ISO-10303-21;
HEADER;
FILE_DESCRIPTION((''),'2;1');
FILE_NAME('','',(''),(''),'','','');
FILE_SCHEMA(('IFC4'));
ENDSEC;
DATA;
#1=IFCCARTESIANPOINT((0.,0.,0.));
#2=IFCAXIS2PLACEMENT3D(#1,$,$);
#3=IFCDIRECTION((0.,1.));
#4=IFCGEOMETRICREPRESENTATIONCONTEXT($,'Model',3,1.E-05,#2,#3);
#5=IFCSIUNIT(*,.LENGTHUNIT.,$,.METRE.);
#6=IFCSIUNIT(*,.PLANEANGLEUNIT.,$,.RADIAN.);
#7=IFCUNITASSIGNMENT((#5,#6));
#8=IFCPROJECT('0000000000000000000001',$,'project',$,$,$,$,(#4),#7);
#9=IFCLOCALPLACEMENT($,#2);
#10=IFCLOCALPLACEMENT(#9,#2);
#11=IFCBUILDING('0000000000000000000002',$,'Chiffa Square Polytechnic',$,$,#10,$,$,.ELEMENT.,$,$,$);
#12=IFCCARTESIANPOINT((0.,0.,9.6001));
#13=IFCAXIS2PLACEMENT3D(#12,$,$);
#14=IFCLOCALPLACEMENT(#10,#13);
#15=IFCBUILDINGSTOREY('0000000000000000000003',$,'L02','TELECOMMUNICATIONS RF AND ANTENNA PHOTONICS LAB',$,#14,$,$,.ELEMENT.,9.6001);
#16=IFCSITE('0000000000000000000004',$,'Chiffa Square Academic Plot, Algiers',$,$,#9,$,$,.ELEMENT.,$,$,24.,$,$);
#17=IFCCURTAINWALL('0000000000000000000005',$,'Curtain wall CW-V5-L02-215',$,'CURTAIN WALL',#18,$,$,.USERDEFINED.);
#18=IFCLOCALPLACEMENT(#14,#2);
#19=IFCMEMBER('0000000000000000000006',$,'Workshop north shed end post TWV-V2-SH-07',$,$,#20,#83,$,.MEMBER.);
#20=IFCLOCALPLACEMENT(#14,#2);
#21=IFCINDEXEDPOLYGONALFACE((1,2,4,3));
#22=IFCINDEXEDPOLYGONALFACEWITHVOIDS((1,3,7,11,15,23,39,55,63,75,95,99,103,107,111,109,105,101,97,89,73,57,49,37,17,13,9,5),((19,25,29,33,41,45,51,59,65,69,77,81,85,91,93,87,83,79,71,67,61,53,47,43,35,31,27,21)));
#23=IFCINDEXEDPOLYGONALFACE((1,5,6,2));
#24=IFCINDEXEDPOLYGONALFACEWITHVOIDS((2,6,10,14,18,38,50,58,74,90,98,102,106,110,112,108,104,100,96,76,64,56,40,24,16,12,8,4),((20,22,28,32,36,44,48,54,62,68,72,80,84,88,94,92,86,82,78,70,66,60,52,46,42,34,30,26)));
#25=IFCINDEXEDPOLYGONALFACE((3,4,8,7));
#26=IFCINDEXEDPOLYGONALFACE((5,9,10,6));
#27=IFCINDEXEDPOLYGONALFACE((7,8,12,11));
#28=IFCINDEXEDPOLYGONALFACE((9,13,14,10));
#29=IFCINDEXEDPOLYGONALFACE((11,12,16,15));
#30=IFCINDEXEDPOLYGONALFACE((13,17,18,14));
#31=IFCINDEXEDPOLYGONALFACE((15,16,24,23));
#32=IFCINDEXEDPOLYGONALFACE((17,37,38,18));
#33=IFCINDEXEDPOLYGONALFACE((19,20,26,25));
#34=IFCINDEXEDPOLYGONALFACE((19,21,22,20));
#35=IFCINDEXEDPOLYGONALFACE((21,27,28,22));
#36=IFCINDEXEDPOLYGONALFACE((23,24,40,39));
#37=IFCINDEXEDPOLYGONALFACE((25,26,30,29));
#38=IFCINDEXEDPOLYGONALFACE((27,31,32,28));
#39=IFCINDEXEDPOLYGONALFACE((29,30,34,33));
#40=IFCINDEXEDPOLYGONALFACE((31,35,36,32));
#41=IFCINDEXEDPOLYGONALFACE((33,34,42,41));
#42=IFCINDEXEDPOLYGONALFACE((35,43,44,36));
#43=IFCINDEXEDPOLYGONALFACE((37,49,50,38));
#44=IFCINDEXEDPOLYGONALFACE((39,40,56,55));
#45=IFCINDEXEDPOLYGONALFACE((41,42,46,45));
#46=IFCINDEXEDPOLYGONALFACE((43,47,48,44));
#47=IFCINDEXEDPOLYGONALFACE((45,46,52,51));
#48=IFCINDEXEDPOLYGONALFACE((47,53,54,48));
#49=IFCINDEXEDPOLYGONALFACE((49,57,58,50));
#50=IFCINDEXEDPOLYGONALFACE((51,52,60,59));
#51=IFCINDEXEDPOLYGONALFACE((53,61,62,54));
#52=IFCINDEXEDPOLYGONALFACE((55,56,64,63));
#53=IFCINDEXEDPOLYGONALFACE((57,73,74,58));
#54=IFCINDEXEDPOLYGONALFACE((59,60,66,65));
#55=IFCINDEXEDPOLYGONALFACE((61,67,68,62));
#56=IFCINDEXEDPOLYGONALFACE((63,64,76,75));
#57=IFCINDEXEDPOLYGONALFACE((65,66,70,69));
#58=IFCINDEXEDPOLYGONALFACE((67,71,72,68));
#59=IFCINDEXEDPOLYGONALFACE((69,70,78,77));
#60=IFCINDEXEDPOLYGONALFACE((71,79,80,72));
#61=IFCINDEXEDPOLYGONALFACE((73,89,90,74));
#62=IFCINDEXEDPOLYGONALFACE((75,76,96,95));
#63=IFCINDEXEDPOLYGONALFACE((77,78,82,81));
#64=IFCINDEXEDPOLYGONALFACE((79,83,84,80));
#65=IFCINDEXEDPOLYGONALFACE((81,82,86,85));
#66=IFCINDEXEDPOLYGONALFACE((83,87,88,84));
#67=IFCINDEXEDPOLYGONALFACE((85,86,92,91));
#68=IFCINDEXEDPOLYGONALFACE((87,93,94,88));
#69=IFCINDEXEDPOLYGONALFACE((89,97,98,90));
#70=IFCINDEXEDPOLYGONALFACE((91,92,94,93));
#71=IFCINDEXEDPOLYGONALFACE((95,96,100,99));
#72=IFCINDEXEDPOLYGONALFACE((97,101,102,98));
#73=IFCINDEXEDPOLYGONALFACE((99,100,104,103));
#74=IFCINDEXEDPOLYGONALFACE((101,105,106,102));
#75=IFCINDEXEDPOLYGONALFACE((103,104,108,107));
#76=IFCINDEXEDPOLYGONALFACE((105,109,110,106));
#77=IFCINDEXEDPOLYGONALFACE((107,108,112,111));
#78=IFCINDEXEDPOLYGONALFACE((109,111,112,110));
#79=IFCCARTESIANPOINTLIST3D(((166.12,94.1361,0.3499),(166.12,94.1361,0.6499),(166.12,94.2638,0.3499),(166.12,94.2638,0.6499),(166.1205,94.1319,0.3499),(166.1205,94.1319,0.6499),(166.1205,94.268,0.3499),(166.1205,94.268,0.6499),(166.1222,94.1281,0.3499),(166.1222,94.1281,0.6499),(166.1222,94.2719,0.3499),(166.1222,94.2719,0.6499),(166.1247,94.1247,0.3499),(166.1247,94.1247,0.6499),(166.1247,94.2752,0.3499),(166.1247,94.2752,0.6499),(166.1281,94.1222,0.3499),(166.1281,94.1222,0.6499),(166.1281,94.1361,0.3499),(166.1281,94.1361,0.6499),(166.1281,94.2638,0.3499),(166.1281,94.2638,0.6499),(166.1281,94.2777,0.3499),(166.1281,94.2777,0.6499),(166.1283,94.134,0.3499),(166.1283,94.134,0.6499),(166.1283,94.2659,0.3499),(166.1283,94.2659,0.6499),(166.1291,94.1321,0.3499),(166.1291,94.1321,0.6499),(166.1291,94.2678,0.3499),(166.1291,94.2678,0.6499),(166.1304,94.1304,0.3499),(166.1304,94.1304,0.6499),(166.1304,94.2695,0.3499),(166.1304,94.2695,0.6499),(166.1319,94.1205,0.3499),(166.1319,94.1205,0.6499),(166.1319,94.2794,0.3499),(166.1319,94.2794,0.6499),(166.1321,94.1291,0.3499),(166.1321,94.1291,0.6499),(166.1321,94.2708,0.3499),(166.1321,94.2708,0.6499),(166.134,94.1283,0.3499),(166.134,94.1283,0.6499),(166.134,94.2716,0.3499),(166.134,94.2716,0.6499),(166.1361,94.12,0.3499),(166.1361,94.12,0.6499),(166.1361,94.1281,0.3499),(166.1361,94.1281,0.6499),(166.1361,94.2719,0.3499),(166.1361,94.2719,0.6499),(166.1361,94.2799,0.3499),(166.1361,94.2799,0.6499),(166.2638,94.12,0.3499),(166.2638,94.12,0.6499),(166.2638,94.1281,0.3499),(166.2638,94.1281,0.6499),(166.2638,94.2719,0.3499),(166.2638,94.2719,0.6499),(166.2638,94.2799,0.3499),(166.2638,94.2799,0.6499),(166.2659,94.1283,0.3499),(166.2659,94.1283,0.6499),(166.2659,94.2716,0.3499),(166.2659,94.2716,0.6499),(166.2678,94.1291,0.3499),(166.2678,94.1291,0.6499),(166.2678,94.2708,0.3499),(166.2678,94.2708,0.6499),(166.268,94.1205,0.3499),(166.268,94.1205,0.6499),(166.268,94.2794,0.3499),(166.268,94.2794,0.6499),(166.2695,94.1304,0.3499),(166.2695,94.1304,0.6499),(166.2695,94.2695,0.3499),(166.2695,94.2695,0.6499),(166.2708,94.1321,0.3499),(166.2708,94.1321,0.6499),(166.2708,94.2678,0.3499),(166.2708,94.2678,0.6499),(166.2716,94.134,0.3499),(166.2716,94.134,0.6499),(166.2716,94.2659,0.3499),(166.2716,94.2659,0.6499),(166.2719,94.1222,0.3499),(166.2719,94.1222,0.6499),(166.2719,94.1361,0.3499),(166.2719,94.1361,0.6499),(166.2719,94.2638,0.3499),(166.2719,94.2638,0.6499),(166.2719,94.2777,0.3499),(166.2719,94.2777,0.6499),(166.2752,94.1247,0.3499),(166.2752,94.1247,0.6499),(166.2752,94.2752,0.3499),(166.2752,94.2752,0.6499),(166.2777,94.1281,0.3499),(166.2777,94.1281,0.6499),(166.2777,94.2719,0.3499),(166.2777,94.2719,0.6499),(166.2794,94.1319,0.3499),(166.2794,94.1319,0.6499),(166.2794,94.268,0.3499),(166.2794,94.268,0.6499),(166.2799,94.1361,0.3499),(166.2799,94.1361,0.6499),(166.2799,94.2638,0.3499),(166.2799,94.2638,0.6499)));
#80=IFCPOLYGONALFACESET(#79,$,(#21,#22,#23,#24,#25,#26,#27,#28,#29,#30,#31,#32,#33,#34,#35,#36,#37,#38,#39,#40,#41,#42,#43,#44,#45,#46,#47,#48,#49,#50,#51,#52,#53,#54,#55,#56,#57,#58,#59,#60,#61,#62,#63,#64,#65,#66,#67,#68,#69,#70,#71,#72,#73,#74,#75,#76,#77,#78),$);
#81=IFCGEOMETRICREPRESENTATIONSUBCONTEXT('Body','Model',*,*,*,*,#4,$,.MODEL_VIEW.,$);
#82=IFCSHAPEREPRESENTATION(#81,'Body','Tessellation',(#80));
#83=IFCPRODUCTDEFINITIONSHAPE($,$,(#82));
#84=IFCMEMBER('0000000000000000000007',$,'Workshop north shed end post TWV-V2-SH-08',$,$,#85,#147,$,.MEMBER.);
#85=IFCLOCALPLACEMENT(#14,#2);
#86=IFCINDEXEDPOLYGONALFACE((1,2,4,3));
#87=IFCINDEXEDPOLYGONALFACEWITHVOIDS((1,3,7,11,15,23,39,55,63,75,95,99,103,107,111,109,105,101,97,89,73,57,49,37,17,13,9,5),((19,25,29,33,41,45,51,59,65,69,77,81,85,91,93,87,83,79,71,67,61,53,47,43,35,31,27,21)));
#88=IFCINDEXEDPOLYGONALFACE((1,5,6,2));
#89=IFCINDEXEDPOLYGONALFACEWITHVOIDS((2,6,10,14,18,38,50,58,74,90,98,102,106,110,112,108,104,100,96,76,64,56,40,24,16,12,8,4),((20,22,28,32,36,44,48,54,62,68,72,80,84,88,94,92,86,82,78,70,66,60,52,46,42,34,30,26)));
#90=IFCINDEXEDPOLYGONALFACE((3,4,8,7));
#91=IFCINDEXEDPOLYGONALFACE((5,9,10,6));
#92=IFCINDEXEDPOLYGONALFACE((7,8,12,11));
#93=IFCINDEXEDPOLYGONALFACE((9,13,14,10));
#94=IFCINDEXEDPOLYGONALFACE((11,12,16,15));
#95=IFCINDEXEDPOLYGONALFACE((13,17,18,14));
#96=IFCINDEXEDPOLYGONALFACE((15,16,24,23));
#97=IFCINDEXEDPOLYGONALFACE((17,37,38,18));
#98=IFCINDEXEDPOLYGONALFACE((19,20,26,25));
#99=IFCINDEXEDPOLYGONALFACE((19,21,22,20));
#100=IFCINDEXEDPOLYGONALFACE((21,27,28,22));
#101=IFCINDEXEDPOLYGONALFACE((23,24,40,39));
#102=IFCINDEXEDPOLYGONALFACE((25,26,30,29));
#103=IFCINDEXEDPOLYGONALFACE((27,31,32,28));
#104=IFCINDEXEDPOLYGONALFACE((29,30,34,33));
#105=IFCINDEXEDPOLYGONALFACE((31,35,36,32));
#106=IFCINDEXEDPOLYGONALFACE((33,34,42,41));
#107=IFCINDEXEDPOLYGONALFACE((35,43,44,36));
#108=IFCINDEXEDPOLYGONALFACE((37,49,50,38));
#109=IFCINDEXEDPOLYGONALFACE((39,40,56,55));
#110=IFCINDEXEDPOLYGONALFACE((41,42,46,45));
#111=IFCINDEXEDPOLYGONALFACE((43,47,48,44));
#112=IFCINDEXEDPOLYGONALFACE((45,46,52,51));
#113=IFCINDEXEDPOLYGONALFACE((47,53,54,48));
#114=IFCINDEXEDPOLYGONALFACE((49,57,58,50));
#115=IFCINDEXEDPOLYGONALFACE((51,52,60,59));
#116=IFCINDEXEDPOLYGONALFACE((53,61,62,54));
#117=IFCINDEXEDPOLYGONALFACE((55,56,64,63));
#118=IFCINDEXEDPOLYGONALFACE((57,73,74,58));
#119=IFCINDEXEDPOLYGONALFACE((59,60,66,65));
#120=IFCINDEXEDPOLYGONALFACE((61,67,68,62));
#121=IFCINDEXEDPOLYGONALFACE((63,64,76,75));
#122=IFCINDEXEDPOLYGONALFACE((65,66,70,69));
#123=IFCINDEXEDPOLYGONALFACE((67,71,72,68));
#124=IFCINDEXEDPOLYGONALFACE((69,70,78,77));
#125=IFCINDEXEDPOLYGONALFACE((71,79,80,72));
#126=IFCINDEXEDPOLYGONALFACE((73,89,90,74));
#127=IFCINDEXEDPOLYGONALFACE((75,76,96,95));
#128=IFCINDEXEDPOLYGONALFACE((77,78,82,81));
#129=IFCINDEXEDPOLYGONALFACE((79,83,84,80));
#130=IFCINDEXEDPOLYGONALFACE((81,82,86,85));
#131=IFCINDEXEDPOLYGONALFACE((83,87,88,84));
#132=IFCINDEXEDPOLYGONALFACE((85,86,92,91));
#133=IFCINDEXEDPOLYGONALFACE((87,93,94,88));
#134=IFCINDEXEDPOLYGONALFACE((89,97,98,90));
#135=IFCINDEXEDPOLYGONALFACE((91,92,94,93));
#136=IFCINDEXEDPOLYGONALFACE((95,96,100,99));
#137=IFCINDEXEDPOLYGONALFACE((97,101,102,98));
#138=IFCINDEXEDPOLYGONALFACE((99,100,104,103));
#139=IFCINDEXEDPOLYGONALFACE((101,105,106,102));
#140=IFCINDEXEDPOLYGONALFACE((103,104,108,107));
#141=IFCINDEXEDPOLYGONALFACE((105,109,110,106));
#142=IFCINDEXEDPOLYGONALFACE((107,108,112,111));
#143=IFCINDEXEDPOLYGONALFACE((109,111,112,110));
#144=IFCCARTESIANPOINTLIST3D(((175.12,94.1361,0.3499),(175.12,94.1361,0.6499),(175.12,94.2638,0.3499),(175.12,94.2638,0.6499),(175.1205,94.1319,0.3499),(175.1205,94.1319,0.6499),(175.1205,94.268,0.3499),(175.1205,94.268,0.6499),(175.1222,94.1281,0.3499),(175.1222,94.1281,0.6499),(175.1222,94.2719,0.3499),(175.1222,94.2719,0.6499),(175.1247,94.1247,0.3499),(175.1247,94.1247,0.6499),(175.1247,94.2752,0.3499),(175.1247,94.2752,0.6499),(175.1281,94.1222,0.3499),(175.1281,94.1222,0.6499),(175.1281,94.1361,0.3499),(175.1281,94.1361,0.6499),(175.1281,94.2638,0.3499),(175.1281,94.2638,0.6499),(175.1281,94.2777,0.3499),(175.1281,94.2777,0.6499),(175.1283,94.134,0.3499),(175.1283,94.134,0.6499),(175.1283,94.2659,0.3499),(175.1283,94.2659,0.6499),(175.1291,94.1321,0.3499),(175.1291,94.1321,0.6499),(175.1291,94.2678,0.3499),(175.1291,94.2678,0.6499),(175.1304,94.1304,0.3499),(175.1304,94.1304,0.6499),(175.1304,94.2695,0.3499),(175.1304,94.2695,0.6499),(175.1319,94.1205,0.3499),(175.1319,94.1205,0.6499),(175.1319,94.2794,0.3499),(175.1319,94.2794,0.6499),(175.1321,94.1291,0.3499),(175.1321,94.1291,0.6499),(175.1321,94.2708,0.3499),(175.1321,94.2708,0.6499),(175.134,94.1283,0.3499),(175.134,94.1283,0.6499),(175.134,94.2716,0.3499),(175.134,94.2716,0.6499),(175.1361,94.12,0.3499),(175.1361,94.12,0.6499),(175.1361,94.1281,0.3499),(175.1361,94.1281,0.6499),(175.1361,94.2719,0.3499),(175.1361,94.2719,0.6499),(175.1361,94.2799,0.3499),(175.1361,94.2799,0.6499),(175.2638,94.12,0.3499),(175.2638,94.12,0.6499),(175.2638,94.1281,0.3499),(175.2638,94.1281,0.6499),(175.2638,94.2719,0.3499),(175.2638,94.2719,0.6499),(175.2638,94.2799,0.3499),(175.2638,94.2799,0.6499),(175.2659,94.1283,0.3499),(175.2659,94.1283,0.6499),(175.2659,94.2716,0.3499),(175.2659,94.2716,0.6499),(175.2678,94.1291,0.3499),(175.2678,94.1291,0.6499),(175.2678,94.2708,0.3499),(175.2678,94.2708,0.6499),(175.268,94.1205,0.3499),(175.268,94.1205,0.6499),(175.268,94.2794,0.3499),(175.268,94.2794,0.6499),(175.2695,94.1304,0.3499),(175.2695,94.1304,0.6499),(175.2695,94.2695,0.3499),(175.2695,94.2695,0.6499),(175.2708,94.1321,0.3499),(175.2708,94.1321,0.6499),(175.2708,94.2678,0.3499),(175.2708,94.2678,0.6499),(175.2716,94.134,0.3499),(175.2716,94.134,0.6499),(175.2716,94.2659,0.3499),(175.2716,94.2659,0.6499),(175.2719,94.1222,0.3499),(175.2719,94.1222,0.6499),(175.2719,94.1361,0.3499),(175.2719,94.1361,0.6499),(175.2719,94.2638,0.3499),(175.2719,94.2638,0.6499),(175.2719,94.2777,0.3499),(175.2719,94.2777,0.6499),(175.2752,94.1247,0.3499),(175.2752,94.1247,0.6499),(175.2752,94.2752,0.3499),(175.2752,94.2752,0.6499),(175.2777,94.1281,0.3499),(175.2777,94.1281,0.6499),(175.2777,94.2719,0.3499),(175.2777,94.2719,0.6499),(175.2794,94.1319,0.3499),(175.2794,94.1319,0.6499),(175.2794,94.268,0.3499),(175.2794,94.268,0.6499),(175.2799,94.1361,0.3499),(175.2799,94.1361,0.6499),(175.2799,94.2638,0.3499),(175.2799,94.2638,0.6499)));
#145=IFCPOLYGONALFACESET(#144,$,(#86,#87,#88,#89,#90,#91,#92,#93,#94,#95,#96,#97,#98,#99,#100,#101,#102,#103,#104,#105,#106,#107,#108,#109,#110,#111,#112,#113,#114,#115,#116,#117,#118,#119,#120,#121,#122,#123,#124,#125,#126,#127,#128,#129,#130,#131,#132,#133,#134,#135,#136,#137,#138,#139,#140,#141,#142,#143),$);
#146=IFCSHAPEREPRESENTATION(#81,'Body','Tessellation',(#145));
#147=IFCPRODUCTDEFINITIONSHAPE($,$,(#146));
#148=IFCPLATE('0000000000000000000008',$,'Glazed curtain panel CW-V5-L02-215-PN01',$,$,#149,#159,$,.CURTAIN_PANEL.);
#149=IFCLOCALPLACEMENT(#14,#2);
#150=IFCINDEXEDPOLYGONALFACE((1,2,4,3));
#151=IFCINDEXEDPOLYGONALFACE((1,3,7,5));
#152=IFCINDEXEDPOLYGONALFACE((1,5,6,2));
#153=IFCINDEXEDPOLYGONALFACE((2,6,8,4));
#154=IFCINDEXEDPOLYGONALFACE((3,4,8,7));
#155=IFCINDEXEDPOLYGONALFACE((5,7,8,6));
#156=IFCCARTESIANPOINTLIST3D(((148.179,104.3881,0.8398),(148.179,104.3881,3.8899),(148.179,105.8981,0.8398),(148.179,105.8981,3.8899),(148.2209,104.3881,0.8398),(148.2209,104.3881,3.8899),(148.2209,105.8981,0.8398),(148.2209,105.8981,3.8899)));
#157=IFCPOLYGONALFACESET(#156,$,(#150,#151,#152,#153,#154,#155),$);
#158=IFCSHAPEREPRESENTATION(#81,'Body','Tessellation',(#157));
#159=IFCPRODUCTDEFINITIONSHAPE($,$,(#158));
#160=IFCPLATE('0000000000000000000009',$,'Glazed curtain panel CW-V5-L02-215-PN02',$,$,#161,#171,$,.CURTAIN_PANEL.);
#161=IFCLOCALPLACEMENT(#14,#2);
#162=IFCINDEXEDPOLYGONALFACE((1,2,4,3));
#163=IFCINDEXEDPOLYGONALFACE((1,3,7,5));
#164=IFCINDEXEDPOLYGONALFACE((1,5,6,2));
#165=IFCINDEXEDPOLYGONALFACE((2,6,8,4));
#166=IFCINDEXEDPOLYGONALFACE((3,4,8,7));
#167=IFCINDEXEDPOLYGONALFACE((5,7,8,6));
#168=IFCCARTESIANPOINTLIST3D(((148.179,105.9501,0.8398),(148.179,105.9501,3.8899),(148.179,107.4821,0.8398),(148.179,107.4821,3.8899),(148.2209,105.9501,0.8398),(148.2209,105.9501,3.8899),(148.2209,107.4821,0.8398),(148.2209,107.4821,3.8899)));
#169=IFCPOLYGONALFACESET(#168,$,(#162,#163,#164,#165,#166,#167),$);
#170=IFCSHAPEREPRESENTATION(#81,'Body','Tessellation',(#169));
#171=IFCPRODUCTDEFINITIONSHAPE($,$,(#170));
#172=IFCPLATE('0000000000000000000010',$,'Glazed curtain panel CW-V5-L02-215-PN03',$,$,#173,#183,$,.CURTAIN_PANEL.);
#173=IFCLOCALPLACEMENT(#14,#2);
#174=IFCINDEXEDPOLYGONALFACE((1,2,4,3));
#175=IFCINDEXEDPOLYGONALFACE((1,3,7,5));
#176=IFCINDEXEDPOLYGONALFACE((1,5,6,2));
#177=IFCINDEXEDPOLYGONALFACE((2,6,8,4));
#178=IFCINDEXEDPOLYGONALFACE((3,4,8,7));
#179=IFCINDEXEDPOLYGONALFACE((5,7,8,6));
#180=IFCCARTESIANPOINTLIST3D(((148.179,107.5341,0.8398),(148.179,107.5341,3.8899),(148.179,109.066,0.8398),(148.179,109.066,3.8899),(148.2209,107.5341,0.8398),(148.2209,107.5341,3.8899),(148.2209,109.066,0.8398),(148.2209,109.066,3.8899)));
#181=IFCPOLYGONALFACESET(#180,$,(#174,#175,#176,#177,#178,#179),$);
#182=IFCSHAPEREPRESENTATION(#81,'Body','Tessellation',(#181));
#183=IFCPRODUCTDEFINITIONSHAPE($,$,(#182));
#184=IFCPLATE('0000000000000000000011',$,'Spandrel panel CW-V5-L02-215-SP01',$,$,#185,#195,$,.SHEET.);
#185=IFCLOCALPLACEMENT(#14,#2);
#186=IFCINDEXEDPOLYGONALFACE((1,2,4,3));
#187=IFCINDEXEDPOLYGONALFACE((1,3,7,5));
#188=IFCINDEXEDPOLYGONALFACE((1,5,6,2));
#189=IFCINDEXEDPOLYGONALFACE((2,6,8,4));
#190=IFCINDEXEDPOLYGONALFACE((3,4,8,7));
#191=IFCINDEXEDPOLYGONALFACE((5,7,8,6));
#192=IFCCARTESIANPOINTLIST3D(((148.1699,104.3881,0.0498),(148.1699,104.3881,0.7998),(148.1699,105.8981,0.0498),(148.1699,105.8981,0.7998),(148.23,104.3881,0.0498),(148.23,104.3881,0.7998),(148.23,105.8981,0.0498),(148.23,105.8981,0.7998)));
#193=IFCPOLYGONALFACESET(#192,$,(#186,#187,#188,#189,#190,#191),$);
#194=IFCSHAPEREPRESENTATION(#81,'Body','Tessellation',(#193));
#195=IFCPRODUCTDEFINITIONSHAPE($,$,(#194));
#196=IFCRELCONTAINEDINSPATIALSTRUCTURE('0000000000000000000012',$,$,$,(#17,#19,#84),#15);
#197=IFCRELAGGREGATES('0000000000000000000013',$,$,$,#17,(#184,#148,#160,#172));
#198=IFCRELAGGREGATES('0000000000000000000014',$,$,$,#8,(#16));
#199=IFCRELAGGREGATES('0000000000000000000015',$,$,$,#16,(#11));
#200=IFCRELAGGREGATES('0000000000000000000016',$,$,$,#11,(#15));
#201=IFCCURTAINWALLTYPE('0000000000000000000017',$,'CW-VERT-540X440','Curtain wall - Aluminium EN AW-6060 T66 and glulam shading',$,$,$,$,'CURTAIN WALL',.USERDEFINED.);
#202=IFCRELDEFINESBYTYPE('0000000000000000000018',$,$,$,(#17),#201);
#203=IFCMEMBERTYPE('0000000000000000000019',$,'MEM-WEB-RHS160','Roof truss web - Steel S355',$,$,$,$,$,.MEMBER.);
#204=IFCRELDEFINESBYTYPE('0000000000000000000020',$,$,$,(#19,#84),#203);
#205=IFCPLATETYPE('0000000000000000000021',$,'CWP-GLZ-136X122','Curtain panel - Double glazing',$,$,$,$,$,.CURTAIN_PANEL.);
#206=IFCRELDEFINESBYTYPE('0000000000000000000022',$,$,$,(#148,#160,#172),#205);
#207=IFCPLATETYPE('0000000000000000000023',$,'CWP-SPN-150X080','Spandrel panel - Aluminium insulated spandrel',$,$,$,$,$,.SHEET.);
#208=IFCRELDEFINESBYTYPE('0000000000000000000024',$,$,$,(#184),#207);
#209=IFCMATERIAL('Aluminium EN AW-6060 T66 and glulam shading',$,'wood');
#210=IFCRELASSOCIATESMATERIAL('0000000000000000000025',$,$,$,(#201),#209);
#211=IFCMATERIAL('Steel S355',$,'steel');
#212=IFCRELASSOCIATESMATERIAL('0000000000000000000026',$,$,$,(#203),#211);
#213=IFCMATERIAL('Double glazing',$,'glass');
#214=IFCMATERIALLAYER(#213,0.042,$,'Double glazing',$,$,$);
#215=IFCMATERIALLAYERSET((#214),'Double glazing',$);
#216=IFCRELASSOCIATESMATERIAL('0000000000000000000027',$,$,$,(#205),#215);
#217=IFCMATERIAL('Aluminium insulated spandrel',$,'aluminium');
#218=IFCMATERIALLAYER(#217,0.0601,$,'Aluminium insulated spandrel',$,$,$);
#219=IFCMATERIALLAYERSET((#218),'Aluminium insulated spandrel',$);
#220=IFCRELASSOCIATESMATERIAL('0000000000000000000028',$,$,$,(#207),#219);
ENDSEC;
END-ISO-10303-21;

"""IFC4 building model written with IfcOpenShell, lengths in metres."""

from ifc_helpers import new_model, si_unit, direction, frame, origin, origin_2d, place, context, subcontext, project, spatial, rectangle, hollow_rectangle, extrude, material, layer, layer_set, material_profile, profile_set, type_object, element, aggregate, save


model = new_model("IFC4")

# Units and contexts
model_context = context("Model", 3, precision=1e-05, world=origin(), true_north=direction((0.0, 1.0)))
body_context = subcontext(model_context, "Body", "Model", "MODEL_VIEW")
ifc_project = project(units=[si_unit("LENGTHUNIT", "METRE"), si_unit("PLANEANGLEUNIT", "RADIAN")], contexts=[model_context])

# Site, building, storey
site_placement = place(None, origin())
site = spatial("IfcSite", under=ifc_project, at=site_placement, Name="Chiffa Square Academic Plot, Algiers", CompositionType="ELEMENT", RefElevation=24.0)
building_placement = place(site_placement, origin())
building = spatial("IfcBuilding", under=site, at=building_placement, Name="Chiffa Square Polytechnic", CompositionType="ELEMENT")
storey_placement = place(building_placement, frame((0.0, 0.0, 9.6001)))
storey = spatial("IfcBuildingStorey", under=building, at=storey_placement, Name="L02", Description="TELECOMMUNICATIONS RF AND ANTENNA PHOTONICS LAB", CompositionType="ELEMENT", Elevation=9.6001)

# Shared definitions
ifc_material_1 = material(Name="Steel S355", Category="steel")

# Curtain wall
ifc_material_2 = material(Name="Aluminium EN AW-6060 T66 and glulam shading", Category="wood")
curtain_wall_type = type_object("IfcCurtainWallType", Name="CW-VERT-540X440", Description="Curtain wall - Aluminium EN AW-6060 T66 and glulam shading", ElementType="CURTAIN WALL", PredefinedType="USERDEFINED", material=ifc_material_2)
curtain_wall_placement = place(storey_placement, origin())
curtain_wall = element("IfcCurtainWall", 1, at=curtain_wall_placement, inside=storey, type_object=curtain_wall_type, Name="Curtain wall CW-V5-L02-215", ObjectType="CURTAIN WALL", PredefinedType="USERDEFINED")

# Members
ifc_material_profile_1 = material_profile(ifc_material_1, hollow_rectangle(XDim=0.1599, YDim=0.1599, WallThickness=0.0081, InnerFilletRadius=0.0081, OuterFilletRadius=0.0161, at=origin_2d()), Name="RHS 160x160x8")
ifc_profile_set_1 = profile_set([ifc_material_profile_1], Name="Steel S355")
member_type_1 = type_object("IfcMemberType", Name="MEM-WEB-RHS160", Description="Roof truss web - Steel S355", PredefinedType="MEMBER", material=ifc_profile_set_1)
for number, where, z_axis, x_axis, name in (
    (2, (166.2, 94.2, 0.3499), (0.0, 0.0, 1.0), (1.0, 0.0, 0.0), "Workshop north shed end post TWV-V2-SH-07"),
    (3, (175.2, 94.2, 0.3499), (0.0, 0.0, 1.0), (1.0, 0.0, 0.0), "Workshop north shed end post TWV-V2-SH-08"),
):
    element("IfcMember", number, at=place(storey_placement, frame(where, z_axis=z_axis, x_axis=x_axis)), inside=storey, type_object=member_type_1, Name=name, PredefinedType="MEMBER", context=body_context, shape_type="SweptSolid", body=[
        extrude(hollow_rectangle(XDim=0.1599, YDim=0.1599, WallThickness=0.0081, InnerFilletRadius=0.0081, OuterFilletRadius=0.0161, at=origin_2d()), origin(), (0.0, 0.0, 1.0), 0.3),
    ])

# Plates
ifc_material_3 = material(Name="Double glazing", Category="glass")
ifc_layer_1 = layer(ifc_material_3, 0.042, Name="Double glazing")
ifc_layer_set_1 = layer_set([ifc_layer_1], Name="Double glazing")
plate_type_1 = type_object("IfcPlateType", Name="CWP-GLZ-136X122", Description="Curtain panel - Double glazing", PredefinedType="CURTAIN_PANEL", material=ifc_layer_set_1)
plate_1_placement = place(storey_placement, frame((148.2, 105.1431, 0.8398), z_axis=(0.0, 0.0, 1.0), x_axis=(0.0, 1.0, 0.0)))
plate_1 = element("IfcPlate", 4, at=plate_1_placement, type_object=plate_type_1, Name="Glazed curtain panel CW-V5-L02-215-PN01", PredefinedType="CURTAIN_PANEL", context=body_context, shape_type="SweptSolid", body=[
    extrude(rectangle(XDim=1.51, YDim=0.042, at=origin_2d()), origin(), (0.0, 0.0, 1.0), 3.05),
])
plate_2_placement = place(storey_placement, frame((148.2, 106.7161, 0.8398), z_axis=(0.0, 0.0, 1.0), x_axis=(0.0, 1.0, 0.0)))
plate_2 = element("IfcPlate", 5, at=plate_2_placement, type_object=plate_type_1, Name="Glazed curtain panel CW-V5-L02-215-PN02", PredefinedType="CURTAIN_PANEL", context=body_context, shape_type="SweptSolid", body=[
    extrude(rectangle(XDim=1.532, YDim=0.042, at=origin_2d()), origin(), (0.0, 0.0, 1.0), 3.05),
])
plate_3_placement = place(storey_placement, frame((148.2, 108.3, 0.8398), z_axis=(0.0, 0.0, 1.0), x_axis=(0.0, 1.0, 0.0)))
plate_3 = element("IfcPlate", 6, at=plate_3_placement, type_object=plate_type_1, Name="Glazed curtain panel CW-V5-L02-215-PN03", PredefinedType="CURTAIN_PANEL", context=body_context, shape_type="SweptSolid", body=[
    extrude(rectangle(XDim=1.532, YDim=0.042, at=origin_2d()), origin(), (0.0, 0.0, 1.0), 3.05),
])
ifc_material_4 = material(Name="Aluminium insulated spandrel", Category="aluminium")
ifc_layer_2 = layer(ifc_material_4, 0.0601, Name="Aluminium insulated spandrel")
ifc_layer_set_2 = layer_set([ifc_layer_2], Name="Aluminium insulated spandrel")
plate_type_2 = type_object("IfcPlateType", Name="CWP-SPN-150X080", Description="Spandrel panel - Aluminium insulated spandrel", PredefinedType="SHEET", material=ifc_layer_set_2)
plate_4_placement = place(storey_placement, frame((148.2, 105.1431, 0.0498), z_axis=(0.0, 0.0, 1.0), x_axis=(0.0, 1.0, 0.0)))
plate_4 = element("IfcPlate", 7, at=plate_4_placement, type_object=plate_type_2, Name="Spandrel panel CW-V5-L02-215-SP01", PredefinedType="SHEET", context=body_context, shape_type="SweptSolid", body=[
    extrude(rectangle(XDim=1.51, YDim=0.0601, at=origin_2d()), origin(), (0.0, 0.0, 1.0), 0.75),
])
aggregate(curtain_wall, [plate_4, plate_1, plate_2, plate_3])

save(model, "model.ifc")
